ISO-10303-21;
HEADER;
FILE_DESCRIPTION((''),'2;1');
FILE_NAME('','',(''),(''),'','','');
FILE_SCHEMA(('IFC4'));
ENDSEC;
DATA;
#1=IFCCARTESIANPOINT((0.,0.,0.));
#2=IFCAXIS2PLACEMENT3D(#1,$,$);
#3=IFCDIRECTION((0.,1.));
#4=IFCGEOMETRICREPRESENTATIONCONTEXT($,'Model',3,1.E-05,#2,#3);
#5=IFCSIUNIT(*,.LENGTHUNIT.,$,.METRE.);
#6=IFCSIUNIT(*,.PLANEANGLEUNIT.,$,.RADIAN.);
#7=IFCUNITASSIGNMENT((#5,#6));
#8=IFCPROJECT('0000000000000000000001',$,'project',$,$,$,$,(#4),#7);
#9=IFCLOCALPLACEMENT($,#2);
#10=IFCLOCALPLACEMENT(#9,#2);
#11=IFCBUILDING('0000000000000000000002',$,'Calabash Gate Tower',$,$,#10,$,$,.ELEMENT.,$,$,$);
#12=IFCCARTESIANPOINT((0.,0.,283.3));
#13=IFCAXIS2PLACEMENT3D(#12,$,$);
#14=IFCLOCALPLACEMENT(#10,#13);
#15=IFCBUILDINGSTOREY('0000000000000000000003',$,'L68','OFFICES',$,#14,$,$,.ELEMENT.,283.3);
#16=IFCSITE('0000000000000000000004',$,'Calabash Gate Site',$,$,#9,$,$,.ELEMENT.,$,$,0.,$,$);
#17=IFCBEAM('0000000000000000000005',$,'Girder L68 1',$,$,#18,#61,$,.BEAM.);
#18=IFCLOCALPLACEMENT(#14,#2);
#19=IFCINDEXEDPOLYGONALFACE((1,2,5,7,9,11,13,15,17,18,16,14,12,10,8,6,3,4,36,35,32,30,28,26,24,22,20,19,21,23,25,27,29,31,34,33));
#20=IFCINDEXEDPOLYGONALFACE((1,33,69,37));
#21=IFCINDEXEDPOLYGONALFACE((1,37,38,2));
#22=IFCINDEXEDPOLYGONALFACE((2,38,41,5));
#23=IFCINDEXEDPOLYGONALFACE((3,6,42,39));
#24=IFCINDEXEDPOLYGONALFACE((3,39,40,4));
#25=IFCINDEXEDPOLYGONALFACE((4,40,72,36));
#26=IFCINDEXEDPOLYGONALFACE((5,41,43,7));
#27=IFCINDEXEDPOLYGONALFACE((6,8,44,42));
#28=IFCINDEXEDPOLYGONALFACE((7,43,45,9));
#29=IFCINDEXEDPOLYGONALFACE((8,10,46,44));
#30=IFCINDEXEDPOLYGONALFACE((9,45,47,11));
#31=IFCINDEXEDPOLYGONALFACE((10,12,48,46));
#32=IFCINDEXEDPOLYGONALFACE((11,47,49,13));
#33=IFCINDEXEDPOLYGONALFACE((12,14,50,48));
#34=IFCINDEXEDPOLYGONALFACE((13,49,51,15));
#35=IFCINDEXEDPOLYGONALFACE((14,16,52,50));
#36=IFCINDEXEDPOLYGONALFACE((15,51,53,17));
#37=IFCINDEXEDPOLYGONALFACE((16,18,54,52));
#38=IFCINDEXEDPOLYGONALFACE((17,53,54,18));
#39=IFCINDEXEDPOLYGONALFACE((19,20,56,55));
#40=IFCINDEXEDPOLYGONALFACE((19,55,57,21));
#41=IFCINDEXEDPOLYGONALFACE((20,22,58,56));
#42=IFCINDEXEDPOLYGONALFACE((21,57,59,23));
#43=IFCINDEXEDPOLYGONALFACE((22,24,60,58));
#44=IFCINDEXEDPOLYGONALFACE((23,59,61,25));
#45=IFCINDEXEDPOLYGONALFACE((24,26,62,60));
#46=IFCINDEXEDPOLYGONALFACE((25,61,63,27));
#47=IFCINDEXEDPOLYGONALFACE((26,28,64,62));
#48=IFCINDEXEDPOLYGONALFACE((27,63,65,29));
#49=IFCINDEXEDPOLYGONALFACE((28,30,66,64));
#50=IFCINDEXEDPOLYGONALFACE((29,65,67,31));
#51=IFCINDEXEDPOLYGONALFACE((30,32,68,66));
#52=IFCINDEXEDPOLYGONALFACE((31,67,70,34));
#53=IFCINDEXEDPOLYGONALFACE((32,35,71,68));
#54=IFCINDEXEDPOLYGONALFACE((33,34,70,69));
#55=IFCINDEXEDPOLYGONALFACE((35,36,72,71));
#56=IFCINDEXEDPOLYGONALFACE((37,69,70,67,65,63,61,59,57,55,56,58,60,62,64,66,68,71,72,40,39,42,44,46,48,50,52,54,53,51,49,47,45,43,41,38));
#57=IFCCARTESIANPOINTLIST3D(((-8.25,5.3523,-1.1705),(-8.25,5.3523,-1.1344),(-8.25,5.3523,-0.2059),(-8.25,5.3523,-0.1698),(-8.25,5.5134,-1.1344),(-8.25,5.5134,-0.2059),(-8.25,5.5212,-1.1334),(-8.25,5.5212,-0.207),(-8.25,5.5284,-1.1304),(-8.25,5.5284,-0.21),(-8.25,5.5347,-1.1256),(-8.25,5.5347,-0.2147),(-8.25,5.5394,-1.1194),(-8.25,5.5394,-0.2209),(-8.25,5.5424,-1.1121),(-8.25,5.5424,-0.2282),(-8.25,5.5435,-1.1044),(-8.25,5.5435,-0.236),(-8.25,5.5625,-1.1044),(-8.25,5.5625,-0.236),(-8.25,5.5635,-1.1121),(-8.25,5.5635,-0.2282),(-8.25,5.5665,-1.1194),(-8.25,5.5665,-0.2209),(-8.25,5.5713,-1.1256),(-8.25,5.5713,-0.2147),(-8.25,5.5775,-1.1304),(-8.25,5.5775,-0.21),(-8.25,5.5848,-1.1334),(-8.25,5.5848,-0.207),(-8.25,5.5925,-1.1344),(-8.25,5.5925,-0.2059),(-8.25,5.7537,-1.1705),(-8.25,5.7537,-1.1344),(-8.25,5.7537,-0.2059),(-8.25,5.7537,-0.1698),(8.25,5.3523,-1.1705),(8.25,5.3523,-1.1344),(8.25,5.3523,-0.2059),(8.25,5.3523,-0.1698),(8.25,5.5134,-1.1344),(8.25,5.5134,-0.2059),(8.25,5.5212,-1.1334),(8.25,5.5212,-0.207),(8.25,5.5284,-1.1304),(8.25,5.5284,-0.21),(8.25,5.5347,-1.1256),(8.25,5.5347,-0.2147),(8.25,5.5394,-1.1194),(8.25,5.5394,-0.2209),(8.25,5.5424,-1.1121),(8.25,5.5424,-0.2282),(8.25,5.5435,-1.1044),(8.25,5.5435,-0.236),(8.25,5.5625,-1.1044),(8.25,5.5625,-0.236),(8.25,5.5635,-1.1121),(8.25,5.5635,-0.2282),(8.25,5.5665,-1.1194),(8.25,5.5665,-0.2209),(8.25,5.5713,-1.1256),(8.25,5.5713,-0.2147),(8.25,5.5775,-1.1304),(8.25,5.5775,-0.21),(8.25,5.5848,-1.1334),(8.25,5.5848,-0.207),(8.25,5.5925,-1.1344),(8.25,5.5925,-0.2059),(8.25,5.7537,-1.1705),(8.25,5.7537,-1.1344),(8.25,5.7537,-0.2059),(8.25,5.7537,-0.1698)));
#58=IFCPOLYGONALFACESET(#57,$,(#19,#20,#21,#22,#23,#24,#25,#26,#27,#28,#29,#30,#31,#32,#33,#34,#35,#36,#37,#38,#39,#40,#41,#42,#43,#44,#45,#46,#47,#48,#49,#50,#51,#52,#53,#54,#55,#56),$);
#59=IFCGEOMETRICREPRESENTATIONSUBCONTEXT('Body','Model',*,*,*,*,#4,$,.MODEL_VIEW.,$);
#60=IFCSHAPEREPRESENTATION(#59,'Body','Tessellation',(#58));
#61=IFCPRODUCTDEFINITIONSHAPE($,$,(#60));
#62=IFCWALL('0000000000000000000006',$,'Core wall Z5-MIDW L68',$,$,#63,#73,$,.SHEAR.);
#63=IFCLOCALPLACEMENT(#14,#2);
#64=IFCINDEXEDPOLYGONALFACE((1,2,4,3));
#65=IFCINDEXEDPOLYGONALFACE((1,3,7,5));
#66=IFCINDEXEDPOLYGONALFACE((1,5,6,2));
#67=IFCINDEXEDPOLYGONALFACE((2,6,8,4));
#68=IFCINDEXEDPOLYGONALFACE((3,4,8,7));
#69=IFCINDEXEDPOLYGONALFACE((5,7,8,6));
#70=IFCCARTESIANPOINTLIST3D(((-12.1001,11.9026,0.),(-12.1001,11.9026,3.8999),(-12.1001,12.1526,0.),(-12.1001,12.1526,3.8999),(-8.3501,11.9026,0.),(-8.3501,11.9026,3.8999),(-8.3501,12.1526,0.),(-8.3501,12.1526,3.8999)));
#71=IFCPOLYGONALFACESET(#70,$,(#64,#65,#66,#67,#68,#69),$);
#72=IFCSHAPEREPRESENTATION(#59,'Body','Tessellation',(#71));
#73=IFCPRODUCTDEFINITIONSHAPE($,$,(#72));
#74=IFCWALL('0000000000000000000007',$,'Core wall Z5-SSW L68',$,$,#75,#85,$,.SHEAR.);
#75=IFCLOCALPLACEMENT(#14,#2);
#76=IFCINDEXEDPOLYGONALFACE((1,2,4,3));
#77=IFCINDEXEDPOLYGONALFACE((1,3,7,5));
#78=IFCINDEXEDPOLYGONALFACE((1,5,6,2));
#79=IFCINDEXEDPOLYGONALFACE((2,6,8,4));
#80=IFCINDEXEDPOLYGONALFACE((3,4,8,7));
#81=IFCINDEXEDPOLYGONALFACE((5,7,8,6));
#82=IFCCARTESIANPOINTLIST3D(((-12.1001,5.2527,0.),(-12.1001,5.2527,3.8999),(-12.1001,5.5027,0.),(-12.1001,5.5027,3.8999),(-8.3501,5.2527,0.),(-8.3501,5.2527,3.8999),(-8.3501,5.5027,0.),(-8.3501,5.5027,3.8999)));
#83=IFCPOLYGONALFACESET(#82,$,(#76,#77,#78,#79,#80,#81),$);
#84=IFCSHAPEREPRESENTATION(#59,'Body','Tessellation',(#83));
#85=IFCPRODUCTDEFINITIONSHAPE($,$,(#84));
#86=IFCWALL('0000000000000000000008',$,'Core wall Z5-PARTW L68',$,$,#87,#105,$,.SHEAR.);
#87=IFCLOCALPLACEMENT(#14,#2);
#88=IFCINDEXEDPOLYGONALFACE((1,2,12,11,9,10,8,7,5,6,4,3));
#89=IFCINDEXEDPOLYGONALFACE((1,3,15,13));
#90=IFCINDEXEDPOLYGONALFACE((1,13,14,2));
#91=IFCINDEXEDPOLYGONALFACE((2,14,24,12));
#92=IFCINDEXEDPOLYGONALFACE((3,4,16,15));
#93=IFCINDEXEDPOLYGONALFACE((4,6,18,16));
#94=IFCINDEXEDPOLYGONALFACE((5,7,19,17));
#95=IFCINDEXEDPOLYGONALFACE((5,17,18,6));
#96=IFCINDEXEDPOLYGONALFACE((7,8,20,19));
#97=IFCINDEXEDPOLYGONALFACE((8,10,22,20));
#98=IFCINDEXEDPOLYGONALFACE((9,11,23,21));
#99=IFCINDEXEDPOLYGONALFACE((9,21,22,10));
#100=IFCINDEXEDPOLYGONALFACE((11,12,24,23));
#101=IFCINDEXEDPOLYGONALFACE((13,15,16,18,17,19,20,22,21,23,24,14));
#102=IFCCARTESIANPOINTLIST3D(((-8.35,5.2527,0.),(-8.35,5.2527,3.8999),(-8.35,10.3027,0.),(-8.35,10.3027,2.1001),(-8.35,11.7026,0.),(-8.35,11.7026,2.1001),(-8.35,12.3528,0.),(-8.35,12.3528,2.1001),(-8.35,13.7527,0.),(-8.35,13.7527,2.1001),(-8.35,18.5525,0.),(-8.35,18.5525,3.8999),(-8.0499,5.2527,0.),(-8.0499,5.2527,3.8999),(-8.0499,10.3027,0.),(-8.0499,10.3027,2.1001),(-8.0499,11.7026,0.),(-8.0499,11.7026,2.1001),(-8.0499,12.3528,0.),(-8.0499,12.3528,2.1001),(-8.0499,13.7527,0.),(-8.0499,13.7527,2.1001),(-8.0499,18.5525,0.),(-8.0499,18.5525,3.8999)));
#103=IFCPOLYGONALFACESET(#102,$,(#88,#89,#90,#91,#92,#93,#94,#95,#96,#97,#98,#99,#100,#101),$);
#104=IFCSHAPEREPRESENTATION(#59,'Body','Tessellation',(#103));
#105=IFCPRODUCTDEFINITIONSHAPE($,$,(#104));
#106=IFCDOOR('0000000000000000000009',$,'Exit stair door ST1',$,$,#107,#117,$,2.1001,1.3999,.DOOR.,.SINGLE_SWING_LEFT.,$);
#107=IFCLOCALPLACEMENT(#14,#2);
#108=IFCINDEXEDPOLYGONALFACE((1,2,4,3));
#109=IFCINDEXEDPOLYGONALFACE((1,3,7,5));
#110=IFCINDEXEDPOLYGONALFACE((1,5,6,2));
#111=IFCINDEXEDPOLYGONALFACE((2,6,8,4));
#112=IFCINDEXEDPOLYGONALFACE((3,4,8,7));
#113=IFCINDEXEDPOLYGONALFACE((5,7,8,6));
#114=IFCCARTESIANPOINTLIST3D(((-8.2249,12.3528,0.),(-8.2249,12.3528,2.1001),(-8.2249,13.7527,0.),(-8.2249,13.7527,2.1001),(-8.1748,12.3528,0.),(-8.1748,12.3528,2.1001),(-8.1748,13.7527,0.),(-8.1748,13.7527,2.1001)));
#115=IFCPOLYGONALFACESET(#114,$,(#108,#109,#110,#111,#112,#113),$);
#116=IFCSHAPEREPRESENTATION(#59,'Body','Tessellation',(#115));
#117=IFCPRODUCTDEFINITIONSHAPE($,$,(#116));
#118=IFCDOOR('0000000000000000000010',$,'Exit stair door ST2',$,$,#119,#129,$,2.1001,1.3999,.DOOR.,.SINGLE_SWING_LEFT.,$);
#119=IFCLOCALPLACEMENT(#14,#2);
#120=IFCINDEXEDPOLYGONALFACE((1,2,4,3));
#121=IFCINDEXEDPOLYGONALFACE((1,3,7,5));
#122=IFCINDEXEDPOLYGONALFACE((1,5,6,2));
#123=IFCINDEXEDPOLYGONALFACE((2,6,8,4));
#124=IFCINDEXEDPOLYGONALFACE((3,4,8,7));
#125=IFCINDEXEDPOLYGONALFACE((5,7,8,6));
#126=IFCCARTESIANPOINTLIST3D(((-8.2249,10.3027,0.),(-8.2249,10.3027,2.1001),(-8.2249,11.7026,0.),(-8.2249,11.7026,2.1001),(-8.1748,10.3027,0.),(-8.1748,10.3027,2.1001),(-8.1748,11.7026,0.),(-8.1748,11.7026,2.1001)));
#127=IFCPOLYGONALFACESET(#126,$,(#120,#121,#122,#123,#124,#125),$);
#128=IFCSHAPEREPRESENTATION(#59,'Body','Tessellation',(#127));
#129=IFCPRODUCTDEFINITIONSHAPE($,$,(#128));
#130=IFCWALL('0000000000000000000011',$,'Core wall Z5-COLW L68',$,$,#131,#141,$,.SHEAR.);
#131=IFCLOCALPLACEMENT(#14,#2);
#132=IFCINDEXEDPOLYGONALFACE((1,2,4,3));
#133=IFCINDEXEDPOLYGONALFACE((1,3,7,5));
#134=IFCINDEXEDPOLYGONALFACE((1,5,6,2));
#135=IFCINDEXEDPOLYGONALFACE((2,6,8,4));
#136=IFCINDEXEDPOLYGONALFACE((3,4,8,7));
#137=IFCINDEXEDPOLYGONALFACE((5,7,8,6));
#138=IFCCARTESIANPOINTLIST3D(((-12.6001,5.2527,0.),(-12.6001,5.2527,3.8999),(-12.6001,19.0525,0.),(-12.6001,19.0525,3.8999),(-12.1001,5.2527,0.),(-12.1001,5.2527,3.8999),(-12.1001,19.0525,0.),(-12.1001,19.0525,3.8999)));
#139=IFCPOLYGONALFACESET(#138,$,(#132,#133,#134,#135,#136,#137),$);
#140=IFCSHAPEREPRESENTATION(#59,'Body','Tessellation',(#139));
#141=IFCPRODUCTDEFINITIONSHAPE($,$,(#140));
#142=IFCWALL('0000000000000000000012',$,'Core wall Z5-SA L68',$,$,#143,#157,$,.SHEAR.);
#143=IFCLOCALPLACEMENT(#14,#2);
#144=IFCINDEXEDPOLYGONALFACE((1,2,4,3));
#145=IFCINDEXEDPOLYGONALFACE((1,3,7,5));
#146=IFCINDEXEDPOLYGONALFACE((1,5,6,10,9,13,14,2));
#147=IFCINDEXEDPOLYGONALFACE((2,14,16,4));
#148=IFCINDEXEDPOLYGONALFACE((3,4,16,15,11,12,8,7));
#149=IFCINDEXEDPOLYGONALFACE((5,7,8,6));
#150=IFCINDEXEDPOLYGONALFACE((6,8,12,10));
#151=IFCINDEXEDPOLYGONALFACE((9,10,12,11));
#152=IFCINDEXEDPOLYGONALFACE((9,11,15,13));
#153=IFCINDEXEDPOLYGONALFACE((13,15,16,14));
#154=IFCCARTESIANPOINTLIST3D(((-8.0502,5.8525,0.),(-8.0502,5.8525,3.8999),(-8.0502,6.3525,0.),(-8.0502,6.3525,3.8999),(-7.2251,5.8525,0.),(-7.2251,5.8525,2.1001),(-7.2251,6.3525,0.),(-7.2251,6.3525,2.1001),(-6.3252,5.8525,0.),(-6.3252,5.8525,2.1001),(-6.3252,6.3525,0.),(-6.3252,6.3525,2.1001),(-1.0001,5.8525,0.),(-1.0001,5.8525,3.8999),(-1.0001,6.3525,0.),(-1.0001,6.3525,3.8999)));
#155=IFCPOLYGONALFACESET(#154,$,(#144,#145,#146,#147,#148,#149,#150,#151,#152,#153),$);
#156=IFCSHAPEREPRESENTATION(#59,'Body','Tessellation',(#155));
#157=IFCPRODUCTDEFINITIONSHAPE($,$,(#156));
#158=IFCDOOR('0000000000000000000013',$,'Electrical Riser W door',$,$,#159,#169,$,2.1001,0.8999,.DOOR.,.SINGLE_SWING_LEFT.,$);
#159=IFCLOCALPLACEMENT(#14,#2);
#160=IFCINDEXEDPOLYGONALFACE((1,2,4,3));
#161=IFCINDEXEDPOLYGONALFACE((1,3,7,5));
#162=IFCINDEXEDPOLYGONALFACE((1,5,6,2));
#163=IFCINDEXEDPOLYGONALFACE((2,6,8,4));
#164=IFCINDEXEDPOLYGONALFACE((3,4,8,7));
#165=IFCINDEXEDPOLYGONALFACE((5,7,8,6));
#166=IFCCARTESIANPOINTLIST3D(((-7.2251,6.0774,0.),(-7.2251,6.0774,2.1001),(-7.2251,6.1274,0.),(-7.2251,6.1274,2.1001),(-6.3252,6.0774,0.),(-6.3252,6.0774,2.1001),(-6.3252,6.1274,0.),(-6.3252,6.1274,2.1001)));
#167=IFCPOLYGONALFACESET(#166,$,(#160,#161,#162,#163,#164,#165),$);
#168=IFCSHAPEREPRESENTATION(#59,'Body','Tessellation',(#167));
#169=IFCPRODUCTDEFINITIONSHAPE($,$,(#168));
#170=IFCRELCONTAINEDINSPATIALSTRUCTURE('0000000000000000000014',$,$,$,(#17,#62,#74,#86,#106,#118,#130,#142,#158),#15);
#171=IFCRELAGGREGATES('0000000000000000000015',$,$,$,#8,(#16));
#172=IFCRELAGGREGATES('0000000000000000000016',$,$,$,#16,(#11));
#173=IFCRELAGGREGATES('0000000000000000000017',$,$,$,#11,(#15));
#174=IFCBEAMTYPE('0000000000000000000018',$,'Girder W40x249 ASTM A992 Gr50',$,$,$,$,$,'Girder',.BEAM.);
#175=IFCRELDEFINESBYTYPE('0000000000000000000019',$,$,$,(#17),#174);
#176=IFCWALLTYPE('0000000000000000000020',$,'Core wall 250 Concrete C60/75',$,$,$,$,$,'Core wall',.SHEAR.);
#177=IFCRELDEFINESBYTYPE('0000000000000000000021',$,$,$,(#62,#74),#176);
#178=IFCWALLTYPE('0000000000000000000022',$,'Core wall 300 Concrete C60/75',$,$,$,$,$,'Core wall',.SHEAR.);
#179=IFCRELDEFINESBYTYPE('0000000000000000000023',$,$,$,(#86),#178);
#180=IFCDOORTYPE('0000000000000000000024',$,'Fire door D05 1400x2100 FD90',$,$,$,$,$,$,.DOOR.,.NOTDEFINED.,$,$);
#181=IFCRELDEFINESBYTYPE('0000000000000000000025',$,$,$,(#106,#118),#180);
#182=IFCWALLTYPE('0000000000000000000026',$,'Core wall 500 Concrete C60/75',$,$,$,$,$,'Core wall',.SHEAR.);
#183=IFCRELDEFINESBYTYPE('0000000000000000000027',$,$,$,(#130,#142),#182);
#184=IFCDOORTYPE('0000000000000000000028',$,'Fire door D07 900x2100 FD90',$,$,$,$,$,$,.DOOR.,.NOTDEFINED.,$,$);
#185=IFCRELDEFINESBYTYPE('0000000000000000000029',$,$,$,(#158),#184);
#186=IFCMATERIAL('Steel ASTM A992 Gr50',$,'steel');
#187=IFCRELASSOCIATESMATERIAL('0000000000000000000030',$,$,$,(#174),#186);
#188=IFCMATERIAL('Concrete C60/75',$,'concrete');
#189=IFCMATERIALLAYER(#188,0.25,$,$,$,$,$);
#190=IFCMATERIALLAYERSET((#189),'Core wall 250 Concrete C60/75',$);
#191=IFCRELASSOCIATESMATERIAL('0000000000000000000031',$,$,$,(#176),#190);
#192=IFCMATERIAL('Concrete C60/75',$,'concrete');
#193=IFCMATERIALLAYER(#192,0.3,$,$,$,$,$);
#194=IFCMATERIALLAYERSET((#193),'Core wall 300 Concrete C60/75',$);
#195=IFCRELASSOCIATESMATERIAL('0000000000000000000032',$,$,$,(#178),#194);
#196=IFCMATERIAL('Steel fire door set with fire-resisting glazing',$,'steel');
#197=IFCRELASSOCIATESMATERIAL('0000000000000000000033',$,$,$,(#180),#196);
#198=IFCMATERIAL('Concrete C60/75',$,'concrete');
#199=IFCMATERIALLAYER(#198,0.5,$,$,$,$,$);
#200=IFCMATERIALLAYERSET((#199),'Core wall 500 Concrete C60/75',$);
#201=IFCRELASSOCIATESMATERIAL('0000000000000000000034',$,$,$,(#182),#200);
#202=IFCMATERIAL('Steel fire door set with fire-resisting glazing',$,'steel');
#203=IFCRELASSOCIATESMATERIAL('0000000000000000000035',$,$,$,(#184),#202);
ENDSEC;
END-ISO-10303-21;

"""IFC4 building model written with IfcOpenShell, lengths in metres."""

from ifc_helpers import new_model, si_unit, direction, frame, frame_2d, origin, origin_2d, place, context, subcontext, project, spatial, rectangle, i_section, extrude, material, layer, layer_set, material_profile, profile_set, type_object, element, fill, save


model = new_model("IFC4")

# Units and contexts
model_context = context("Model", 3, precision=1e-05, world=origin(), true_north=direction((0.0, 1.0)))
body_context = subcontext(model_context, "Body", "Model", "MODEL_VIEW")
ifc_project = project(units=[si_unit("LENGTHUNIT", "METRE"), si_unit("PLANEANGLEUNIT", "RADIAN")], contexts=[model_context])

# Site, building, storey
site_placement = place(None, origin())
site = spatial("IfcSite", under=ifc_project, at=site_placement, Name="Calabash Gate Site", CompositionType="ELEMENT", RefElevation=0.0)
building_placement = place(site_placement, origin())
building = spatial("IfcBuilding", under=site, at=building_placement, Name="Calabash Gate Tower", CompositionType="ELEMENT")
storey_placement = place(building_placement, frame((0.0, 0.0, 283.3)))
storey = spatial("IfcBuildingStorey", under=building, at=storey_placement, Name="L68", Description="OFFICES", CompositionType="ELEMENT", Elevation=283.3)

# Beam
ifc_material_1 = material(Name="Steel ASTM A992 Gr50", Category="steel")
ifc_material_profile = material_profile(ifc_material_1, i_section(OverallWidth=0.4014, OverallDepth=1.0007, WebThickness=0.019, FlangeThickness=0.0361, FilletRadius=0.03, at=origin_2d()))
ifc_profile_set = profile_set([ifc_material_profile], Name="Steel ASTM A992 Gr50")
beam_type = type_object("IfcBeamType", Name="Girder W40x249 ASTM A992 Gr50", ElementType="Girder", PredefinedType="BEAM", material=ifc_profile_set)
beam_placement = place(storey_placement, frame((-8.25, 5.553, -0.6702), z_axis=(1.0, 0.0, 0.0), x_axis=(0.0, 1.0, 0.0)))
element("IfcBeam", 1, at=beam_placement, inside=storey, type_object=beam_type, Name="Girder L68 1", PredefinedType="BEAM", context=body_context, shape_type="SweptSolid", body=[
    extrude(i_section(OverallWidth=0.4014, OverallDepth=1.0007, WebThickness=0.019, FlangeThickness=0.0361, FilletRadius=0.03, at=origin_2d()), origin(), (0.0, 0.0, 1.0), 16.5),
])

# Walls
ifc_material_2 = material(Name="Concrete C60/75", Category="concrete")
ifc_layer_1 = layer(ifc_material_2, 0.25)
ifc_layer_set_1 = layer_set([ifc_layer_1], Name="Core wall 250 Concrete C60/75")
wall_type_1 = type_object("IfcWallType", Name="Core wall 250 Concrete C60/75", ElementType="Core wall", PredefinedType="SHEAR", material=ifc_layer_set_1)
for number, where, z_axis, x_axis, name in (
    (2, (-12.1001, 12.0276, 0.0), (0.0, 0.0, 1.0), (1.0, 0.0, 0.0), "Core wall Z5-MIDW L68"),
    (3, (-12.1001, 5.3777, 0.0), (0.0, 0.0, 1.0), (1.0, 0.0, 0.0), "Core wall Z5-SSW L68"),
):
    element("IfcWall", number, at=place(storey_placement, frame(where, z_axis=z_axis, x_axis=x_axis)), inside=storey, type_object=wall_type_1, Name=name, PredefinedType="SHEAR", context=body_context, shape_type="SweptSolid", body=[
        extrude(rectangle(XDim=3.75, YDim=0.25, at=frame_2d((1.875, 0.0))), origin(), (0.0, 0.0, 1.0), 3.8999),
    ])

# Wall, openings, doors
ifc_material_3 = material(Name="Concrete C60/75", Category="concrete")
ifc_layer_2 = layer(ifc_material_3, 0.3)
ifc_layer_set_2 = layer_set([ifc_layer_2], Name="Core wall 300 Concrete C60/75")
wall_type_2 = type_object("IfcWallType", Name="Core wall 300 Concrete C60/75", ElementType="Core wall", PredefinedType="SHEAR", material=ifc_layer_set_2)
wall_1_placement = place(storey_placement, frame((-8.2, 5.2527, 0.0), z_axis=(0.0, 0.0, 1.0), x_axis=(0.0, 1.0, 0.0)))
wall_1 = element("IfcWall", 4, at=wall_1_placement, inside=storey, type_object=wall_type_2, Name="Core wall Z5-PARTW L68", PredefinedType="SHEAR", context=body_context, shape_type="SweptSolid", body=[
    extrude(rectangle(XDim=13.2998, YDim=0.3, at=frame_2d((6.6499, 0.0))), origin(), (0.0, 0.0, 1.0), 3.8999),
])
opening_1_placement = place(wall_1_placement, frame((7.1001, 0.0, 0.0)))
opening_1 = element("IfcOpeningElement", 5, at=opening_1_placement, cuts=wall_1, PredefinedType="OPENING", context=body_context, shape_type="SweptSolid", body=[
    extrude(rectangle(XDim=1.3999, YDim=2.1001, at=frame_2d((0.7, 1.05))), frame((0.0, 0.1599, 0.0), z_axis=(0.0, -1.0, 0.0), x_axis=(1.0, 0.0, 0.0)), (0.0, 0.0, 1.0), 0.3201),
])
opening_2_placement = place(wall_1_placement, frame((5.05, 0.0, 0.0)))
opening_2 = element("IfcOpeningElement", 6, at=opening_2_placement, cuts=wall_1, PredefinedType="OPENING", context=body_context, shape_type="SweptSolid", body=[
    extrude(rectangle(XDim=1.3999, YDim=2.1001, at=frame_2d((0.7, 1.05))), frame((0.0, 0.1599, 0.0), z_axis=(0.0, -1.0, 0.0), x_axis=(1.0, 0.0, 0.0)), (0.0, 0.0, 1.0), 0.3201),
])
ifc_material_4 = material(Name="Steel fire door set with fire-resisting glazing", Category="steel")
door_type_1 = type_object("IfcDoorType", Name="Fire door D05 1400x2100 FD90", OperationType="NOTDEFINED", PredefinedType="DOOR", material=ifc_material_4)
door_1_placement = place(opening_1_placement, origin())
door_1 = element("IfcDoor", 7, at=door_1_placement, inside=storey, type_object=door_type_1, Name="Exit stair door ST1", OperationType="SINGLE_SWING_LEFT", OverallHeight=2.1001, OverallWidth=1.3999, PredefinedType="DOOR", context=body_context, shape_type="SweptSolid", body=[
    extrude(rectangle(XDim=1.3999, YDim=2.1001, at=frame_2d((0.7, 1.05))), frame((0.0, 0.0249, 0.0), z_axis=(0.0, -1.0, 0.0), x_axis=(1.0, 0.0, 0.0)), (0.0, 0.0, 1.0), 0.05),
])
fill(opening_1, door_1)
door_2_placement = place(opening_2_placement, origin())
door_2 = element("IfcDoor", 8, at=door_2_placement, inside=storey, type_object=door_type_1, Name="Exit stair door ST2", OperationType="SINGLE_SWING_LEFT", OverallHeight=2.1001, OverallWidth=1.3999, PredefinedType="DOOR", context=body_context, shape_type="SweptSolid", body=[
    extrude(rectangle(XDim=1.3999, YDim=2.1001, at=frame_2d((0.7, 1.05))), frame((0.0, 0.0249, 0.0), z_axis=(0.0, -1.0, 0.0), x_axis=(1.0, 0.0, 0.0)), (0.0, 0.0, 1.0), 0.05),
])
fill(opening_2, door_2)

# Wall
ifc_material_5 = material(Name="Concrete C60/75", Category="concrete")
ifc_layer_3 = layer(ifc_material_5, 0.5)
ifc_layer_set_3 = layer_set([ifc_layer_3], Name="Core wall 500 Concrete C60/75")
wall_type_3 = type_object("IfcWallType", Name="Core wall 500 Concrete C60/75", ElementType="Core wall", PredefinedType="SHEAR", material=ifc_layer_set_3)
wall_2_placement = place(storey_placement, frame((-12.3501, 5.2527, 0.0), z_axis=(0.0, 0.0, 1.0), x_axis=(0.0, 1.0, 0.0)))
element("IfcWall", 9, at=wall_2_placement, inside=storey, type_object=wall_type_3, Name="Core wall Z5-COLW L68", PredefinedType="SHEAR", context=body_context, shape_type="SweptSolid", body=[
    extrude(rectangle(XDim=13.7998, YDim=0.5, at=frame_2d((6.8999, 0.0))), origin(), (0.0, 0.0, 1.0), 3.8999),
])

# Wall, opening, door
wall_3_placement = place(storey_placement, frame((-8.05, 6.1025, 0.0), z_axis=(0.0, 0.0, 1.0), x_axis=(1.0, 0.0, 0.0)))
wall_3 = element("IfcWall", 10, at=wall_3_placement, inside=storey, type_object=wall_type_3, Name="Core wall Z5-SA L68", PredefinedType="SHEAR", context=body_context, shape_type="SweptSolid", body=[
    extrude(rectangle(XDim=7.05, YDim=0.5, at=frame_2d((3.5249, 0.0))), origin(), (0.0, 0.0, 1.0), 3.8999),
])
opening_3_placement = place(wall_3_placement, frame((0.825, 0.0, 0.0)))
opening_3 = element("IfcOpeningElement", 11, at=opening_3_placement, cuts=wall_3, PredefinedType="OPENING", context=body_context, shape_type="SweptSolid", body=[
    extrude(rectangle(XDim=0.8999, YDim=2.1001, at=frame_2d((0.45, 1.05))), frame((0.0, 0.26, 0.0), z_axis=(0.0, -1.0, 0.0), x_axis=(1.0, 0.0, 0.0)), (0.0, 0.0, 1.0), 0.52),
])
ifc_material_6 = material(Name="Steel fire door set with fire-resisting glazing", Category="steel")
door_type_2 = type_object("IfcDoorType", Name="Fire door D07 900x2100 FD90", OperationType="NOTDEFINED", PredefinedType="DOOR", material=ifc_material_6)
door_3_placement = place(opening_3_placement, origin())
door_3 = element("IfcDoor", 12, at=door_3_placement, inside=storey, type_object=door_type_2, Name="Electrical Riser W door", OperationType="SINGLE_SWING_LEFT", OverallHeight=2.1001, OverallWidth=0.8999, PredefinedType="DOOR", context=body_context, shape_type="SweptSolid", body=[
    extrude(rectangle(XDim=0.8999, YDim=2.1001, at=frame_2d((0.45, 1.05))), frame((0.0, 0.0249, 0.0), z_axis=(0.0, -1.0, 0.0), x_axis=(1.0, 0.0, 0.0)), (0.0, 0.0, 1.0), 0.05),
])
fill(opening_3, door_3)

save(model, "model.ifc")
